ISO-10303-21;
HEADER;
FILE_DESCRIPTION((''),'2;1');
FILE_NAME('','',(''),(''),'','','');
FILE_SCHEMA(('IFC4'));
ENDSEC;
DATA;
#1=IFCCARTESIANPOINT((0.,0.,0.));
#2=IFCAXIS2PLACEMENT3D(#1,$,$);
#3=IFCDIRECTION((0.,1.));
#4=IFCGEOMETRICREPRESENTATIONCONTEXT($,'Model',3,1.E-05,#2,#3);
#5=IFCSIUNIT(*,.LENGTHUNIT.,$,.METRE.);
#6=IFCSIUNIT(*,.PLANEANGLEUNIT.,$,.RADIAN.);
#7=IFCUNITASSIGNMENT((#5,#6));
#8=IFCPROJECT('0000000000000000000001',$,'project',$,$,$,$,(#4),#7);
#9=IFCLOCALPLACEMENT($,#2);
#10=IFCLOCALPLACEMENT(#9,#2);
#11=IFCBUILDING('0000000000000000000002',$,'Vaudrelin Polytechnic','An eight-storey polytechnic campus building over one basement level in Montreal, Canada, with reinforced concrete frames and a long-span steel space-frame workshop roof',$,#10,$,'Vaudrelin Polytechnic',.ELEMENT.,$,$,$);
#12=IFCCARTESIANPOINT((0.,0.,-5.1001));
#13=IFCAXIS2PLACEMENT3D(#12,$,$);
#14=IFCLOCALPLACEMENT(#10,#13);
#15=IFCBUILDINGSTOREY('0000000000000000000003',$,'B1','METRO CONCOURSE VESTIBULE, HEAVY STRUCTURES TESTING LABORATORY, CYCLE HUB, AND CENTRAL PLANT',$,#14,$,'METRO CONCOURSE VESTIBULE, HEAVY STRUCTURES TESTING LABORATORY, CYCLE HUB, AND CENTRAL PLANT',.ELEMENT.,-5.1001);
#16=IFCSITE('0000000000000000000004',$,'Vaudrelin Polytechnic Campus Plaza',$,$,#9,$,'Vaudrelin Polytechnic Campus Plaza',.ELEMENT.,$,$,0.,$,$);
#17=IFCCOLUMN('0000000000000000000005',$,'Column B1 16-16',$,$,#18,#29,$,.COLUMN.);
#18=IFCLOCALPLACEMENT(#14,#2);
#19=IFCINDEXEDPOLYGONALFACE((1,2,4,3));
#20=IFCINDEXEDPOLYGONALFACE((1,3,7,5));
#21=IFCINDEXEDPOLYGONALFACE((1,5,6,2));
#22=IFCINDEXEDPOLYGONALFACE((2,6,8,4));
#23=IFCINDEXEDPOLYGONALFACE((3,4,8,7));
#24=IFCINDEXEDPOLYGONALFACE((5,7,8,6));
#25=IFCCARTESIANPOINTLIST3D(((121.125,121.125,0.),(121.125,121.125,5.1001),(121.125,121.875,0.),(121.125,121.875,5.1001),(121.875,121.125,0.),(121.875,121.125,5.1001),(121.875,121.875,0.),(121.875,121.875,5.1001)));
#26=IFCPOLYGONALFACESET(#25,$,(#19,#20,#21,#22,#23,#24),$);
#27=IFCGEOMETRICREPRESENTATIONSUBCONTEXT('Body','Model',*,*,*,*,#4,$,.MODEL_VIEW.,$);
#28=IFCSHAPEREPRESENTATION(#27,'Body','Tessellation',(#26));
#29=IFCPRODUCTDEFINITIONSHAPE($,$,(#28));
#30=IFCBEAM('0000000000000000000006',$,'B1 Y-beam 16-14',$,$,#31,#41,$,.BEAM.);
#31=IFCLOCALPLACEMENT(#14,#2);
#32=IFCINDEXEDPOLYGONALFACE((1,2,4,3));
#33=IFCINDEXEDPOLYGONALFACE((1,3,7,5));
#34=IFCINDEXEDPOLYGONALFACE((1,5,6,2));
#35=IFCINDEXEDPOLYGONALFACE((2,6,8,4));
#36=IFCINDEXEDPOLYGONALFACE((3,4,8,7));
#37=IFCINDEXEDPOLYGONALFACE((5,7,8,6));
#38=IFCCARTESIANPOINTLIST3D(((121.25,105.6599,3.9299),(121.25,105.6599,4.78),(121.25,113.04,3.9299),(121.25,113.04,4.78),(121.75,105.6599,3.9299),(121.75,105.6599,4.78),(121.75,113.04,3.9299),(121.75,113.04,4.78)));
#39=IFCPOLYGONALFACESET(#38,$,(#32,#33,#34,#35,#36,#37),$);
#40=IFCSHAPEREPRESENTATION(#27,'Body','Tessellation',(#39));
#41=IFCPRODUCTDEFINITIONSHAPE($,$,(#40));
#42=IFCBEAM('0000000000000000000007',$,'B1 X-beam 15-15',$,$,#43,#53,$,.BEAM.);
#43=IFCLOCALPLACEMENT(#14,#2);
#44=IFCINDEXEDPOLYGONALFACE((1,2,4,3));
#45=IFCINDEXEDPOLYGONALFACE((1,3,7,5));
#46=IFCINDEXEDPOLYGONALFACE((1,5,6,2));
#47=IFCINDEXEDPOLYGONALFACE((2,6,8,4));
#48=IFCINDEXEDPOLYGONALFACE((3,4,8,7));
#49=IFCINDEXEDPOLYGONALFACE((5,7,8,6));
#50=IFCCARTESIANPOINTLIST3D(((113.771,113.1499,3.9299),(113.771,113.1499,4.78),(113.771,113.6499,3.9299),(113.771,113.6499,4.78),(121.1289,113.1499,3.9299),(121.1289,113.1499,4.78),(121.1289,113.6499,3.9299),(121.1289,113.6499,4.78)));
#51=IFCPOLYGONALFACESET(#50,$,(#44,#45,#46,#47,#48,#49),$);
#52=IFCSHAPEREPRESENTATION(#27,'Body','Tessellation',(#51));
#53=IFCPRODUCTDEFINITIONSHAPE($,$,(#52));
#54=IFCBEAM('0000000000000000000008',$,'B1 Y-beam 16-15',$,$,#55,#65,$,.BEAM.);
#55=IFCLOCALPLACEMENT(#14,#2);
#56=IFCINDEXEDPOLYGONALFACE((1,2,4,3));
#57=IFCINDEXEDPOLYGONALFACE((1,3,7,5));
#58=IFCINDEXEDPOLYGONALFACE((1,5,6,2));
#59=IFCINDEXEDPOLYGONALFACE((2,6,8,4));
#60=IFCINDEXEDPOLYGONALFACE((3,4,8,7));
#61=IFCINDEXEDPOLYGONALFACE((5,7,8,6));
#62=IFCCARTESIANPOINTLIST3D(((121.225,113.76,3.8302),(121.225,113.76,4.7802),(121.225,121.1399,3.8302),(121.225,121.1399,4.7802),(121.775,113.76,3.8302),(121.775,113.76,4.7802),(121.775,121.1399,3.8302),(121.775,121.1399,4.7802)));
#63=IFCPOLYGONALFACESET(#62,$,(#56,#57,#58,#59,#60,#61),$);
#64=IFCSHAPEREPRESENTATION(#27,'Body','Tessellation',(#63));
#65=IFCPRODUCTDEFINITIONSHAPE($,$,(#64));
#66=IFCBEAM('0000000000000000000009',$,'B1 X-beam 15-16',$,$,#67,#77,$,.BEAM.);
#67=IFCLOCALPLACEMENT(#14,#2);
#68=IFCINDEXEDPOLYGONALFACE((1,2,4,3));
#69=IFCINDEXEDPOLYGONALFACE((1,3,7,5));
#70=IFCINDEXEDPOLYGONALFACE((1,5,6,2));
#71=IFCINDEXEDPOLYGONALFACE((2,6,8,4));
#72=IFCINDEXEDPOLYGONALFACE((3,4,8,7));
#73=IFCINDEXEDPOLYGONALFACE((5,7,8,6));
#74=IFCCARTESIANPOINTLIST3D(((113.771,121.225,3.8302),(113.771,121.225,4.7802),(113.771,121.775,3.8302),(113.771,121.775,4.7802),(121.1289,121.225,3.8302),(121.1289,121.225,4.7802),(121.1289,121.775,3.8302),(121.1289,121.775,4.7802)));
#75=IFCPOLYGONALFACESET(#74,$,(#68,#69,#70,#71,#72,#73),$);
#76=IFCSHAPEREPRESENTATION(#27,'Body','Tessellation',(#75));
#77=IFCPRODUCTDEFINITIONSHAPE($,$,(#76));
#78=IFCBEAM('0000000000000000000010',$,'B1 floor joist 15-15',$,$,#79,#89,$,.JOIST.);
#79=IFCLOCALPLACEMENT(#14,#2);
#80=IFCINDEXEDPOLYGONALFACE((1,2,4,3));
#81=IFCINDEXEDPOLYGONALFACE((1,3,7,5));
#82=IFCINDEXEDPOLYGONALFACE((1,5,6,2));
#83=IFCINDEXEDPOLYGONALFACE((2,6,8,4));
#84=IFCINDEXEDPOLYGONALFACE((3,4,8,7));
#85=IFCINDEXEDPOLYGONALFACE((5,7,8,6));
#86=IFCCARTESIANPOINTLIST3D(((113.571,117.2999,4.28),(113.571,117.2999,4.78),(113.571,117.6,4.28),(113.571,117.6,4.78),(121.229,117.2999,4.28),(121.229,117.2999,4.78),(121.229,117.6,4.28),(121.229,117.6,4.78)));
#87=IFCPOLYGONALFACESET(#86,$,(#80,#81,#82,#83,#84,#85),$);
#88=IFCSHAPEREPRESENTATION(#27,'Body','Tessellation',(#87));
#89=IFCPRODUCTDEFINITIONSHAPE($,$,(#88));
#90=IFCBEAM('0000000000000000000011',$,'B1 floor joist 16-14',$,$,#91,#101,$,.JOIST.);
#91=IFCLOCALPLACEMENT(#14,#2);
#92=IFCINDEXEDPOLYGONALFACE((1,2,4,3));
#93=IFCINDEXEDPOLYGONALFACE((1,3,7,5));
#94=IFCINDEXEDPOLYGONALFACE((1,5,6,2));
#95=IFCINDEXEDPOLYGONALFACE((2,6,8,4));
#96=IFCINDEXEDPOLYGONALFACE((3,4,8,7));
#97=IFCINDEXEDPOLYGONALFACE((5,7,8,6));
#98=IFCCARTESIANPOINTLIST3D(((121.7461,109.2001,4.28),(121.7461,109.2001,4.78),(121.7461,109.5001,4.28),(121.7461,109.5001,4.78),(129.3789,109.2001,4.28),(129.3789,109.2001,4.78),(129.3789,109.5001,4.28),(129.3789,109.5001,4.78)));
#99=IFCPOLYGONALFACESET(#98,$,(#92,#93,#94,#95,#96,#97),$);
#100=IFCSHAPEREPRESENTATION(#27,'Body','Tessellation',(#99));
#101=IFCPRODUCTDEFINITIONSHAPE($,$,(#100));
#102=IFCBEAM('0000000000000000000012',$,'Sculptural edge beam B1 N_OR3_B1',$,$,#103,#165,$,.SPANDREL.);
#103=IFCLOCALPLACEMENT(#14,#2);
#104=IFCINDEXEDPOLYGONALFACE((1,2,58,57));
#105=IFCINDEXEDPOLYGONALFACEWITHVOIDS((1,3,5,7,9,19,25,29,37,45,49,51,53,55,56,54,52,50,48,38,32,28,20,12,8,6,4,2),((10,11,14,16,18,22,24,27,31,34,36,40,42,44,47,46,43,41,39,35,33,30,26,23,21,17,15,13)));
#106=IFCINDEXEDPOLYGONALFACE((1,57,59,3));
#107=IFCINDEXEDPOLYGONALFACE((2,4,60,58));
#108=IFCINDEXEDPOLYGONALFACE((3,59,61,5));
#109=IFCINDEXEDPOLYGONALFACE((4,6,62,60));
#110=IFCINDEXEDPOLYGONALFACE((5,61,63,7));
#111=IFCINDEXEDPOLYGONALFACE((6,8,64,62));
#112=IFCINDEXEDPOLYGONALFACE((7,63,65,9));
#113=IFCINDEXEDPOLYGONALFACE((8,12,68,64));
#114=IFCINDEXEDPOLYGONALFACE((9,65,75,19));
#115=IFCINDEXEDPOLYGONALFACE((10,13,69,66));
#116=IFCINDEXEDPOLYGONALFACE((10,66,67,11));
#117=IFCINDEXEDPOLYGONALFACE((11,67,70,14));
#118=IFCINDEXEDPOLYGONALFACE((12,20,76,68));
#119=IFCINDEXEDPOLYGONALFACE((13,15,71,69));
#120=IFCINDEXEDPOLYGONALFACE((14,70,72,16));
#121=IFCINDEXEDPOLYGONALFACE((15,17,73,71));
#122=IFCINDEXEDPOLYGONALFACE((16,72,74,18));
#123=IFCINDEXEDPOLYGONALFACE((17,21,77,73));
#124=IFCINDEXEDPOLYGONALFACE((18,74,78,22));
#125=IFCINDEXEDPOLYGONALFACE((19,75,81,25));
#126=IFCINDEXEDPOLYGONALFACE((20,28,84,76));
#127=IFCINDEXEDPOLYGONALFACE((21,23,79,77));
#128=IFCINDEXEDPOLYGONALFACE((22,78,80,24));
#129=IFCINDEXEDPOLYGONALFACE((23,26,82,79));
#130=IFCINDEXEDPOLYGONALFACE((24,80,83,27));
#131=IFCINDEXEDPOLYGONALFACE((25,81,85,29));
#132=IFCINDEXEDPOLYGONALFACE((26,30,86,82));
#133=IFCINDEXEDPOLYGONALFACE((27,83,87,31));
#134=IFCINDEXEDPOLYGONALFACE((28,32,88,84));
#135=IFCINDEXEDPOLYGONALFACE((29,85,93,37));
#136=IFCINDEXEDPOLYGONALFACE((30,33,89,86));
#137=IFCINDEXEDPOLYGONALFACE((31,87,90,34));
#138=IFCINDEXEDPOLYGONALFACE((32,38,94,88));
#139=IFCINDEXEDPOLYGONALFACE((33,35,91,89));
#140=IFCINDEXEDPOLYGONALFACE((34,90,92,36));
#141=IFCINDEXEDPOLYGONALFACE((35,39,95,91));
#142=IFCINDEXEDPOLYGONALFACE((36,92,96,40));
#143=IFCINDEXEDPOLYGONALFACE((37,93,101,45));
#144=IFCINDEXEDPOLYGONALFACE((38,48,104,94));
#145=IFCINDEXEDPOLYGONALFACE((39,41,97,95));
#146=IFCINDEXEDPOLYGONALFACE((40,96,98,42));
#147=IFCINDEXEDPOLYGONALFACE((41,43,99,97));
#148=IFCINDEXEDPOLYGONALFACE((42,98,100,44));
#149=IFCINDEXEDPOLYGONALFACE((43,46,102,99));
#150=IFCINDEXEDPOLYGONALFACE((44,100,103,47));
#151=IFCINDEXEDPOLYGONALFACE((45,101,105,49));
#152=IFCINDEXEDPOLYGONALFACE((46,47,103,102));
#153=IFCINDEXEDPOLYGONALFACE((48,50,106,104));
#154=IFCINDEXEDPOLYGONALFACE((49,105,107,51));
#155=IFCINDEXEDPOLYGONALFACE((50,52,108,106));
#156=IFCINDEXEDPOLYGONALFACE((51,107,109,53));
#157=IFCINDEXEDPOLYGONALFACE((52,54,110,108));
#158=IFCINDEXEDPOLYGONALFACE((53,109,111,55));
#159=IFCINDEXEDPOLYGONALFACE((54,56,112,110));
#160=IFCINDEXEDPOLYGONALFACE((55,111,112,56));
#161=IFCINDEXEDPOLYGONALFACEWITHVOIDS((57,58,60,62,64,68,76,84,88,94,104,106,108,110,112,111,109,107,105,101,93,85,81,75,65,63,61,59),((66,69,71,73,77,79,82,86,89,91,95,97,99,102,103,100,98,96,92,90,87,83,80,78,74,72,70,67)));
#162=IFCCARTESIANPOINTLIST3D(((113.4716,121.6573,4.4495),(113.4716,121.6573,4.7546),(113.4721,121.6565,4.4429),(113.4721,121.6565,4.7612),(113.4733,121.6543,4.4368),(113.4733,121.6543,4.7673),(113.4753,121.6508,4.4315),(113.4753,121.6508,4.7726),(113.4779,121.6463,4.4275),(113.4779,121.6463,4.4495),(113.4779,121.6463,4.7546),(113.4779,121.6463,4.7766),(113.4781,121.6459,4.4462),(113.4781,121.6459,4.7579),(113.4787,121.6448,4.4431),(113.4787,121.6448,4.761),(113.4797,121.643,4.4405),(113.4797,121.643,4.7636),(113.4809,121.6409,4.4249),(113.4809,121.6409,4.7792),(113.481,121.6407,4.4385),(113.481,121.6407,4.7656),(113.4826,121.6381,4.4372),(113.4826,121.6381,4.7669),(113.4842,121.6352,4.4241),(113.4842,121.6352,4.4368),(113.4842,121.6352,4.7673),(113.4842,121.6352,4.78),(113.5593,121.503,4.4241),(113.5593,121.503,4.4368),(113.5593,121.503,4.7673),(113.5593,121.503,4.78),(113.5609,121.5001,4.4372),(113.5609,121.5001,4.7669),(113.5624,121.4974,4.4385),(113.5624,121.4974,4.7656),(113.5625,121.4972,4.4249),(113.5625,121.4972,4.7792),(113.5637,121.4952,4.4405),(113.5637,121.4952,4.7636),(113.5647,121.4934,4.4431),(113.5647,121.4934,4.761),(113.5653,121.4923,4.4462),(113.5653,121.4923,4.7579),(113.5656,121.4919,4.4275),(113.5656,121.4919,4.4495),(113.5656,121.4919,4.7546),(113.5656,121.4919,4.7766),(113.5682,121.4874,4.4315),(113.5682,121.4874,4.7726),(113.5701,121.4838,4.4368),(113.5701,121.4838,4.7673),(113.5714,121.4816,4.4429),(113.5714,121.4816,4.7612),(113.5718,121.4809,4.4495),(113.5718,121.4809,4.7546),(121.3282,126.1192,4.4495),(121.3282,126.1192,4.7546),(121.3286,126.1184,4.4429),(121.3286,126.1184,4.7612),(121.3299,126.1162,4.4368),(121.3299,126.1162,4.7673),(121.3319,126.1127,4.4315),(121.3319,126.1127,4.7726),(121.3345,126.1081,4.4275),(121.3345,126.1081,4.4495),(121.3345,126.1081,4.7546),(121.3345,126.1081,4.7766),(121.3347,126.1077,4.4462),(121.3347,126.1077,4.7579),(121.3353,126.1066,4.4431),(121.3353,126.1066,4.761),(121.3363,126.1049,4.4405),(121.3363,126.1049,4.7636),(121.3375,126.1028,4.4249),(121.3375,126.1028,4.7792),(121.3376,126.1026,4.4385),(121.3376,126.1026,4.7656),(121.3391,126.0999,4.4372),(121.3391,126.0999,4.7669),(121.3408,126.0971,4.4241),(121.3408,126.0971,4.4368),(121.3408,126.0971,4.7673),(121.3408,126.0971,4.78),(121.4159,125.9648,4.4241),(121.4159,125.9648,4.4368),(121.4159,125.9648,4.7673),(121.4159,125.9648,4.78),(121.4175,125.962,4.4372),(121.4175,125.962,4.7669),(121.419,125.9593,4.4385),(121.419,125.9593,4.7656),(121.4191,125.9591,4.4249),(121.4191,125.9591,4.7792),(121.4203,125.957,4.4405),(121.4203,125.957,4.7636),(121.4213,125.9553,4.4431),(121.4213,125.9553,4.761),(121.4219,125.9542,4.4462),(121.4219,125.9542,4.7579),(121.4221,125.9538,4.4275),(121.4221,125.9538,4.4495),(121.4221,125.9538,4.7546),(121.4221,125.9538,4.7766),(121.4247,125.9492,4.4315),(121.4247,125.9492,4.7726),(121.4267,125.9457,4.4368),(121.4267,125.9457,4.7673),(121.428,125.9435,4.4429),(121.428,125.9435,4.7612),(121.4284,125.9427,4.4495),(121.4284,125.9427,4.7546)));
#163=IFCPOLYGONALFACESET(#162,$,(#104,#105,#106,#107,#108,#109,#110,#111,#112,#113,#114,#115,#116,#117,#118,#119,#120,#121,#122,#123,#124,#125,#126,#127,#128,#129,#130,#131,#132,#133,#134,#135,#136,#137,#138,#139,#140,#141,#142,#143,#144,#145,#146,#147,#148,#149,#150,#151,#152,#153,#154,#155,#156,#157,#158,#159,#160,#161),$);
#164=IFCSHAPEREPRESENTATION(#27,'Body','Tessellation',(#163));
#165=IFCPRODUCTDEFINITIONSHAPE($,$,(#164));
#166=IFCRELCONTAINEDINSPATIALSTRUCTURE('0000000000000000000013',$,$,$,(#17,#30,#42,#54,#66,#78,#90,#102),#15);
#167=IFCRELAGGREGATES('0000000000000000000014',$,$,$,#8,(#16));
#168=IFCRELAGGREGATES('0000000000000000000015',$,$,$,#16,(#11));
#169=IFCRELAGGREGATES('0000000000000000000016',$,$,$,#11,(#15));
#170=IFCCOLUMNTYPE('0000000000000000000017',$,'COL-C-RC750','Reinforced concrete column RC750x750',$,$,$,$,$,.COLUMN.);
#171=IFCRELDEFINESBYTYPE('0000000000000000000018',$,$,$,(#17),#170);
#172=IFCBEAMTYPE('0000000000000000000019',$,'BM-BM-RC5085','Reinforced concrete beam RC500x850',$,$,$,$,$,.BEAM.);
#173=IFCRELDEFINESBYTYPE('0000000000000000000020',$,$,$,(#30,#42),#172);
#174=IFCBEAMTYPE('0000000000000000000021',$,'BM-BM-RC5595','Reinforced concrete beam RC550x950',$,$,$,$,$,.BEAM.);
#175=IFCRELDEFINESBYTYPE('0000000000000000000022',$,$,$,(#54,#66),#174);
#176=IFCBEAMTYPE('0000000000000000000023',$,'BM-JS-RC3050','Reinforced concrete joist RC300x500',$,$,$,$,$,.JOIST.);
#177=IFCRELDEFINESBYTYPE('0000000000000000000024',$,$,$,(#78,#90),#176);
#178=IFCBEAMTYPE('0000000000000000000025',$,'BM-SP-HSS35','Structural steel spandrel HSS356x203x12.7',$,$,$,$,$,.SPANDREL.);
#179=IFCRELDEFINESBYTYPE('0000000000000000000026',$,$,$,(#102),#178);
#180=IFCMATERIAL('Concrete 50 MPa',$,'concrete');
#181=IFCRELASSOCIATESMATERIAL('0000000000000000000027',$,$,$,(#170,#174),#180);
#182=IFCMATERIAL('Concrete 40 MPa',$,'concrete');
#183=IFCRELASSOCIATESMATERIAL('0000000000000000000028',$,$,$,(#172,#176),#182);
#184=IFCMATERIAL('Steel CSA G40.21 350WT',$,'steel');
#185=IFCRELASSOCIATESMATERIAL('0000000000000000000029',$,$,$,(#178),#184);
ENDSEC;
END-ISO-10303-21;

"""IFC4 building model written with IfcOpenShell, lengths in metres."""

from ifc_helpers import new_model, si_unit, direction, frame, origin, origin_2d, place, context, subcontext, project, spatial, rectangle, hollow_rectangle, extrude, material, material_profile, profile_set, type_object, element, save


model = new_model("IFC4")

# Units and contexts
model_context = context("Model", 3, precision=1e-05, world=origin(), true_north=direction((0.0, 1.0)))
body_context = subcontext(model_context, "Body", "Model", "MODEL_VIEW")
ifc_project = project(units=[si_unit("LENGTHUNIT", "METRE"), si_unit("PLANEANGLEUNIT", "RADIAN")], contexts=[model_context])

# Site, building, storey
site_placement = place(None, origin())
site = spatial("IfcSite", under=ifc_project, at=site_placement, Name="Vaudrelin Polytechnic Campus Plaza", LongName="Vaudrelin Polytechnic Campus Plaza", CompositionType="ELEMENT", RefElevation=0.0)
building_placement = place(site_placement, origin())
building = spatial("IfcBuilding", under=site, at=building_placement, Name="Vaudrelin Polytechnic", Description="An eight-storey polytechnic campus building over one basement level in Montreal, Canada, with reinforced concrete frames and a long-span steel space-frame workshop roof", LongName="Vaudrelin Polytechnic", CompositionType="ELEMENT")
storey_placement = place(building_placement, frame((0.0, 0.0, -5.1001)))
storey = spatial("IfcBuildingStorey", under=building, at=storey_placement, Name="B1", Description="METRO CONCOURSE VESTIBULE, HEAVY STRUCTURES TESTING LABORATORY, CYCLE HUB, AND CENTRAL PLANT", LongName="METRO CONCOURSE VESTIBULE, HEAVY STRUCTURES TESTING LABORATORY, CYCLE HUB, AND CENTRAL PLANT", CompositionType="ELEMENT", Elevation=-5.1001)

# Shared definitions
ifc_material_1 = material(Name="Concrete 40 MPa", Category="concrete")

# Column
ifc_material_2 = material(Name="Steel CSA G40.21 350WT", Category="steel")
ifc_material_3 = material(Name="Concrete 50 MPa", Category="concrete")
ifc_material_profile_1 = material_profile(ifc_material_3, rectangle(XDim=0.75, YDim=0.75, at=origin_2d()), Name="RC750x750")
ifc_profile_set_1 = profile_set([ifc_material_profile_1], Name="Concrete 50 MPa")
column_type_1 = type_object("IfcColumnType", Name="COL-C-RC750", Description="Reinforced concrete column RC750x750", PredefinedType="COLUMN", material=ifc_profile_set_1)
for number, where, z_axis, x_axis, name in (
    (1, (121.5, 121.5, 0.0), (0.0, 0.0, 1.0), (1.0, 0.0, 0.0), "Column B1 16-16"),
):
    element("IfcColumn", number, at=place(storey_placement, frame(where, z_axis=z_axis, x_axis=x_axis)), inside=storey, type_object=column_type_1, Name=name, PredefinedType="COLUMN", context=body_context, shape_type="SweptSolid", body=[
        extrude(rectangle(XDim=0.75, YDim=0.75, at=origin_2d()), origin(), (0.0, 0.0, 1.0), 5.1001),
    ])

# Beams
ifc_material_profile_2 = material_profile(ifc_material_1, rectangle(XDim=0.5, YDim=0.8501, at=origin_2d()), Name="RC500x850")
ifc_profile_set_2 = profile_set([ifc_material_profile_2], Name="Concrete 40 MPa")
beam_type_1 = type_object("IfcBeamType", Name="BM-BM-RC5085", Description="Reinforced concrete beam RC500x850", PredefinedType="BEAM", material=ifc_profile_set_2)
beam_1_placement = place(storey_placement, frame((121.5, 105.6599, 4.355), z_axis=(0.0, 1.0, 0.0), x_axis=(-1.0, 0.0, 0.0)))
element("IfcBeam", 2, at=beam_1_placement, inside=storey, type_object=beam_type_1, Name="B1 Y-beam 16-14", PredefinedType="BEAM", context=body_context, shape_type="SweptSolid", body=[
    extrude(rectangle(XDim=0.5, YDim=0.8501, at=origin_2d()), origin(), (0.0, 0.0, 1.0), 7.3801),
])
beam_2_placement = place(storey_placement, frame((113.771, 113.3999, 4.355), z_axis=(1.0, 0.0, 0.0), x_axis=(0.0, 1.0, 0.0)))
element("IfcBeam", 3, at=beam_2_placement, inside=storey, type_object=beam_type_1, Name="B1 X-beam 15-15", PredefinedType="BEAM", context=body_context, shape_type="SweptSolid", body=[
    extrude(rectangle(XDim=0.5, YDim=0.8501, at=origin_2d()), origin(), (0.0, 0.0, 1.0), 7.3579),
])
ifc_material_profile_3 = material_profile(ifc_material_3, rectangle(XDim=0.55, YDim=0.95, at=origin_2d()), Name="RC550x950")
ifc_profile_set_3 = profile_set([ifc_material_profile_3], Name="Concrete 50 MPa")
beam_type_2 = type_object("IfcBeamType", Name="BM-BM-RC5595", Description="Reinforced concrete beam RC550x950", PredefinedType="BEAM", material=ifc_profile_set_3)
beam_3_placement = place(storey_placement, frame((121.5, 113.76, 4.3052), z_axis=(0.0, 1.0, 0.0), x_axis=(-1.0, 0.0, 0.0)))
element("IfcBeam", 4, at=beam_3_placement, inside=storey, type_object=beam_type_2, Name="B1 Y-beam 16-15", PredefinedType="BEAM", context=body_context, shape_type="SweptSolid", body=[
    extrude(rectangle(XDim=0.55, YDim=0.95, at=origin_2d()), origin(), (0.0, 0.0, 1.0), 7.3799),
])
beam_4_placement = place(storey_placement, frame((113.771, 121.5, 4.3052), z_axis=(1.0, 0.0, 0.0), x_axis=(0.0, 1.0, 0.0)))
element("IfcBeam", 5, at=beam_4_placement, inside=storey, type_object=beam_type_2, Name="B1 X-beam 15-16", PredefinedType="BEAM", context=body_context, shape_type="SweptSolid", body=[
    extrude(rectangle(XDim=0.55, YDim=0.95, at=origin_2d()), origin(), (0.0, 0.0, 1.0), 7.3579),
])
ifc_material_profile_4 = material_profile(ifc_material_1, rectangle(XDim=0.3, YDim=0.5, at=origin_2d()), Name="RC300x500")
ifc_profile_set_4 = profile_set([ifc_material_profile_4], Name="Concrete 40 MPa")
beam_type_3 = type_object("IfcBeamType", Name="BM-JS-RC3050", Description="Reinforced concrete joist RC300x500", PredefinedType="JOIST", material=ifc_profile_set_4)
beam_5_placement = place(storey_placement, frame((113.571, 117.45, 4.53), z_axis=(1.0, 0.0, 0.0), x_axis=(0.0, 1.0, 0.0)))
element("IfcBeam", 6, at=beam_5_placement, inside=storey, type_object=beam_type_3, Name="B1 floor joist 15-15", PredefinedType="JOIST", context=body_context, shape_type="SweptSolid", body=[
    extrude(rectangle(XDim=0.3, YDim=0.5, at=origin_2d()), origin(), (0.0, 0.0, 1.0), 7.658),
])
beam_6_placement = place(storey_placement, frame((121.7461, 109.3501, 4.53), z_axis=(1.0, 0.0, 0.0), x_axis=(0.0, 1.0, 0.0)))
element("IfcBeam", 7, at=beam_6_placement, inside=storey, type_object=beam_type_3, Name="B1 floor joist 16-14", PredefinedType="JOIST", context=body_context, shape_type="SweptSolid", body=[
    extrude(rectangle(XDim=0.3, YDim=0.5, at=origin_2d()), origin(), (0.0, 0.0, 1.0), 7.6328),
])
ifc_material_profile_5 = material_profile(ifc_material_2, hollow_rectangle(XDim=0.2029, YDim=0.356, WallThickness=0.0127, InnerFilletRadius=0.0127, OuterFilletRadius=0.0254, at=origin_2d()), Name="HSS356x203x12.7")
ifc_profile_set_5 = profile_set([ifc_material_profile_5], Name="Steel CSA G40.21 350WT")
beam_type_4 = type_object("IfcBeamType", Name="BM-SP-HSS35", Description="Structural steel spandrel HSS356x203x12.7", PredefinedType="SPANDREL", material=ifc_profile_set_5)
beam_7_placement = place(storey_placement, frame((113.5217, 121.5691, 4.6021), z_axis=(0.869557, 0.493833, 0.0), x_axis=(-0.493833, 0.869557, 0.0)))
element("IfcBeam", 8, at=beam_7_placement, inside=storey, type_object=beam_type_4, Name="Sculptural edge beam B1 N_OR3_B1", PredefinedType="SPANDREL", context=body_context, shape_type="SweptSolid", body=[
    extrude(hollow_rectangle(XDim=0.2029, YDim=0.356, WallThickness=0.0127, InnerFilletRadius=0.0127, OuterFilletRadius=0.0254, at=origin_2d()), origin(), (0.0, 0.0, 1.0), 9.0352),
])

save(model, "model.ifc")
